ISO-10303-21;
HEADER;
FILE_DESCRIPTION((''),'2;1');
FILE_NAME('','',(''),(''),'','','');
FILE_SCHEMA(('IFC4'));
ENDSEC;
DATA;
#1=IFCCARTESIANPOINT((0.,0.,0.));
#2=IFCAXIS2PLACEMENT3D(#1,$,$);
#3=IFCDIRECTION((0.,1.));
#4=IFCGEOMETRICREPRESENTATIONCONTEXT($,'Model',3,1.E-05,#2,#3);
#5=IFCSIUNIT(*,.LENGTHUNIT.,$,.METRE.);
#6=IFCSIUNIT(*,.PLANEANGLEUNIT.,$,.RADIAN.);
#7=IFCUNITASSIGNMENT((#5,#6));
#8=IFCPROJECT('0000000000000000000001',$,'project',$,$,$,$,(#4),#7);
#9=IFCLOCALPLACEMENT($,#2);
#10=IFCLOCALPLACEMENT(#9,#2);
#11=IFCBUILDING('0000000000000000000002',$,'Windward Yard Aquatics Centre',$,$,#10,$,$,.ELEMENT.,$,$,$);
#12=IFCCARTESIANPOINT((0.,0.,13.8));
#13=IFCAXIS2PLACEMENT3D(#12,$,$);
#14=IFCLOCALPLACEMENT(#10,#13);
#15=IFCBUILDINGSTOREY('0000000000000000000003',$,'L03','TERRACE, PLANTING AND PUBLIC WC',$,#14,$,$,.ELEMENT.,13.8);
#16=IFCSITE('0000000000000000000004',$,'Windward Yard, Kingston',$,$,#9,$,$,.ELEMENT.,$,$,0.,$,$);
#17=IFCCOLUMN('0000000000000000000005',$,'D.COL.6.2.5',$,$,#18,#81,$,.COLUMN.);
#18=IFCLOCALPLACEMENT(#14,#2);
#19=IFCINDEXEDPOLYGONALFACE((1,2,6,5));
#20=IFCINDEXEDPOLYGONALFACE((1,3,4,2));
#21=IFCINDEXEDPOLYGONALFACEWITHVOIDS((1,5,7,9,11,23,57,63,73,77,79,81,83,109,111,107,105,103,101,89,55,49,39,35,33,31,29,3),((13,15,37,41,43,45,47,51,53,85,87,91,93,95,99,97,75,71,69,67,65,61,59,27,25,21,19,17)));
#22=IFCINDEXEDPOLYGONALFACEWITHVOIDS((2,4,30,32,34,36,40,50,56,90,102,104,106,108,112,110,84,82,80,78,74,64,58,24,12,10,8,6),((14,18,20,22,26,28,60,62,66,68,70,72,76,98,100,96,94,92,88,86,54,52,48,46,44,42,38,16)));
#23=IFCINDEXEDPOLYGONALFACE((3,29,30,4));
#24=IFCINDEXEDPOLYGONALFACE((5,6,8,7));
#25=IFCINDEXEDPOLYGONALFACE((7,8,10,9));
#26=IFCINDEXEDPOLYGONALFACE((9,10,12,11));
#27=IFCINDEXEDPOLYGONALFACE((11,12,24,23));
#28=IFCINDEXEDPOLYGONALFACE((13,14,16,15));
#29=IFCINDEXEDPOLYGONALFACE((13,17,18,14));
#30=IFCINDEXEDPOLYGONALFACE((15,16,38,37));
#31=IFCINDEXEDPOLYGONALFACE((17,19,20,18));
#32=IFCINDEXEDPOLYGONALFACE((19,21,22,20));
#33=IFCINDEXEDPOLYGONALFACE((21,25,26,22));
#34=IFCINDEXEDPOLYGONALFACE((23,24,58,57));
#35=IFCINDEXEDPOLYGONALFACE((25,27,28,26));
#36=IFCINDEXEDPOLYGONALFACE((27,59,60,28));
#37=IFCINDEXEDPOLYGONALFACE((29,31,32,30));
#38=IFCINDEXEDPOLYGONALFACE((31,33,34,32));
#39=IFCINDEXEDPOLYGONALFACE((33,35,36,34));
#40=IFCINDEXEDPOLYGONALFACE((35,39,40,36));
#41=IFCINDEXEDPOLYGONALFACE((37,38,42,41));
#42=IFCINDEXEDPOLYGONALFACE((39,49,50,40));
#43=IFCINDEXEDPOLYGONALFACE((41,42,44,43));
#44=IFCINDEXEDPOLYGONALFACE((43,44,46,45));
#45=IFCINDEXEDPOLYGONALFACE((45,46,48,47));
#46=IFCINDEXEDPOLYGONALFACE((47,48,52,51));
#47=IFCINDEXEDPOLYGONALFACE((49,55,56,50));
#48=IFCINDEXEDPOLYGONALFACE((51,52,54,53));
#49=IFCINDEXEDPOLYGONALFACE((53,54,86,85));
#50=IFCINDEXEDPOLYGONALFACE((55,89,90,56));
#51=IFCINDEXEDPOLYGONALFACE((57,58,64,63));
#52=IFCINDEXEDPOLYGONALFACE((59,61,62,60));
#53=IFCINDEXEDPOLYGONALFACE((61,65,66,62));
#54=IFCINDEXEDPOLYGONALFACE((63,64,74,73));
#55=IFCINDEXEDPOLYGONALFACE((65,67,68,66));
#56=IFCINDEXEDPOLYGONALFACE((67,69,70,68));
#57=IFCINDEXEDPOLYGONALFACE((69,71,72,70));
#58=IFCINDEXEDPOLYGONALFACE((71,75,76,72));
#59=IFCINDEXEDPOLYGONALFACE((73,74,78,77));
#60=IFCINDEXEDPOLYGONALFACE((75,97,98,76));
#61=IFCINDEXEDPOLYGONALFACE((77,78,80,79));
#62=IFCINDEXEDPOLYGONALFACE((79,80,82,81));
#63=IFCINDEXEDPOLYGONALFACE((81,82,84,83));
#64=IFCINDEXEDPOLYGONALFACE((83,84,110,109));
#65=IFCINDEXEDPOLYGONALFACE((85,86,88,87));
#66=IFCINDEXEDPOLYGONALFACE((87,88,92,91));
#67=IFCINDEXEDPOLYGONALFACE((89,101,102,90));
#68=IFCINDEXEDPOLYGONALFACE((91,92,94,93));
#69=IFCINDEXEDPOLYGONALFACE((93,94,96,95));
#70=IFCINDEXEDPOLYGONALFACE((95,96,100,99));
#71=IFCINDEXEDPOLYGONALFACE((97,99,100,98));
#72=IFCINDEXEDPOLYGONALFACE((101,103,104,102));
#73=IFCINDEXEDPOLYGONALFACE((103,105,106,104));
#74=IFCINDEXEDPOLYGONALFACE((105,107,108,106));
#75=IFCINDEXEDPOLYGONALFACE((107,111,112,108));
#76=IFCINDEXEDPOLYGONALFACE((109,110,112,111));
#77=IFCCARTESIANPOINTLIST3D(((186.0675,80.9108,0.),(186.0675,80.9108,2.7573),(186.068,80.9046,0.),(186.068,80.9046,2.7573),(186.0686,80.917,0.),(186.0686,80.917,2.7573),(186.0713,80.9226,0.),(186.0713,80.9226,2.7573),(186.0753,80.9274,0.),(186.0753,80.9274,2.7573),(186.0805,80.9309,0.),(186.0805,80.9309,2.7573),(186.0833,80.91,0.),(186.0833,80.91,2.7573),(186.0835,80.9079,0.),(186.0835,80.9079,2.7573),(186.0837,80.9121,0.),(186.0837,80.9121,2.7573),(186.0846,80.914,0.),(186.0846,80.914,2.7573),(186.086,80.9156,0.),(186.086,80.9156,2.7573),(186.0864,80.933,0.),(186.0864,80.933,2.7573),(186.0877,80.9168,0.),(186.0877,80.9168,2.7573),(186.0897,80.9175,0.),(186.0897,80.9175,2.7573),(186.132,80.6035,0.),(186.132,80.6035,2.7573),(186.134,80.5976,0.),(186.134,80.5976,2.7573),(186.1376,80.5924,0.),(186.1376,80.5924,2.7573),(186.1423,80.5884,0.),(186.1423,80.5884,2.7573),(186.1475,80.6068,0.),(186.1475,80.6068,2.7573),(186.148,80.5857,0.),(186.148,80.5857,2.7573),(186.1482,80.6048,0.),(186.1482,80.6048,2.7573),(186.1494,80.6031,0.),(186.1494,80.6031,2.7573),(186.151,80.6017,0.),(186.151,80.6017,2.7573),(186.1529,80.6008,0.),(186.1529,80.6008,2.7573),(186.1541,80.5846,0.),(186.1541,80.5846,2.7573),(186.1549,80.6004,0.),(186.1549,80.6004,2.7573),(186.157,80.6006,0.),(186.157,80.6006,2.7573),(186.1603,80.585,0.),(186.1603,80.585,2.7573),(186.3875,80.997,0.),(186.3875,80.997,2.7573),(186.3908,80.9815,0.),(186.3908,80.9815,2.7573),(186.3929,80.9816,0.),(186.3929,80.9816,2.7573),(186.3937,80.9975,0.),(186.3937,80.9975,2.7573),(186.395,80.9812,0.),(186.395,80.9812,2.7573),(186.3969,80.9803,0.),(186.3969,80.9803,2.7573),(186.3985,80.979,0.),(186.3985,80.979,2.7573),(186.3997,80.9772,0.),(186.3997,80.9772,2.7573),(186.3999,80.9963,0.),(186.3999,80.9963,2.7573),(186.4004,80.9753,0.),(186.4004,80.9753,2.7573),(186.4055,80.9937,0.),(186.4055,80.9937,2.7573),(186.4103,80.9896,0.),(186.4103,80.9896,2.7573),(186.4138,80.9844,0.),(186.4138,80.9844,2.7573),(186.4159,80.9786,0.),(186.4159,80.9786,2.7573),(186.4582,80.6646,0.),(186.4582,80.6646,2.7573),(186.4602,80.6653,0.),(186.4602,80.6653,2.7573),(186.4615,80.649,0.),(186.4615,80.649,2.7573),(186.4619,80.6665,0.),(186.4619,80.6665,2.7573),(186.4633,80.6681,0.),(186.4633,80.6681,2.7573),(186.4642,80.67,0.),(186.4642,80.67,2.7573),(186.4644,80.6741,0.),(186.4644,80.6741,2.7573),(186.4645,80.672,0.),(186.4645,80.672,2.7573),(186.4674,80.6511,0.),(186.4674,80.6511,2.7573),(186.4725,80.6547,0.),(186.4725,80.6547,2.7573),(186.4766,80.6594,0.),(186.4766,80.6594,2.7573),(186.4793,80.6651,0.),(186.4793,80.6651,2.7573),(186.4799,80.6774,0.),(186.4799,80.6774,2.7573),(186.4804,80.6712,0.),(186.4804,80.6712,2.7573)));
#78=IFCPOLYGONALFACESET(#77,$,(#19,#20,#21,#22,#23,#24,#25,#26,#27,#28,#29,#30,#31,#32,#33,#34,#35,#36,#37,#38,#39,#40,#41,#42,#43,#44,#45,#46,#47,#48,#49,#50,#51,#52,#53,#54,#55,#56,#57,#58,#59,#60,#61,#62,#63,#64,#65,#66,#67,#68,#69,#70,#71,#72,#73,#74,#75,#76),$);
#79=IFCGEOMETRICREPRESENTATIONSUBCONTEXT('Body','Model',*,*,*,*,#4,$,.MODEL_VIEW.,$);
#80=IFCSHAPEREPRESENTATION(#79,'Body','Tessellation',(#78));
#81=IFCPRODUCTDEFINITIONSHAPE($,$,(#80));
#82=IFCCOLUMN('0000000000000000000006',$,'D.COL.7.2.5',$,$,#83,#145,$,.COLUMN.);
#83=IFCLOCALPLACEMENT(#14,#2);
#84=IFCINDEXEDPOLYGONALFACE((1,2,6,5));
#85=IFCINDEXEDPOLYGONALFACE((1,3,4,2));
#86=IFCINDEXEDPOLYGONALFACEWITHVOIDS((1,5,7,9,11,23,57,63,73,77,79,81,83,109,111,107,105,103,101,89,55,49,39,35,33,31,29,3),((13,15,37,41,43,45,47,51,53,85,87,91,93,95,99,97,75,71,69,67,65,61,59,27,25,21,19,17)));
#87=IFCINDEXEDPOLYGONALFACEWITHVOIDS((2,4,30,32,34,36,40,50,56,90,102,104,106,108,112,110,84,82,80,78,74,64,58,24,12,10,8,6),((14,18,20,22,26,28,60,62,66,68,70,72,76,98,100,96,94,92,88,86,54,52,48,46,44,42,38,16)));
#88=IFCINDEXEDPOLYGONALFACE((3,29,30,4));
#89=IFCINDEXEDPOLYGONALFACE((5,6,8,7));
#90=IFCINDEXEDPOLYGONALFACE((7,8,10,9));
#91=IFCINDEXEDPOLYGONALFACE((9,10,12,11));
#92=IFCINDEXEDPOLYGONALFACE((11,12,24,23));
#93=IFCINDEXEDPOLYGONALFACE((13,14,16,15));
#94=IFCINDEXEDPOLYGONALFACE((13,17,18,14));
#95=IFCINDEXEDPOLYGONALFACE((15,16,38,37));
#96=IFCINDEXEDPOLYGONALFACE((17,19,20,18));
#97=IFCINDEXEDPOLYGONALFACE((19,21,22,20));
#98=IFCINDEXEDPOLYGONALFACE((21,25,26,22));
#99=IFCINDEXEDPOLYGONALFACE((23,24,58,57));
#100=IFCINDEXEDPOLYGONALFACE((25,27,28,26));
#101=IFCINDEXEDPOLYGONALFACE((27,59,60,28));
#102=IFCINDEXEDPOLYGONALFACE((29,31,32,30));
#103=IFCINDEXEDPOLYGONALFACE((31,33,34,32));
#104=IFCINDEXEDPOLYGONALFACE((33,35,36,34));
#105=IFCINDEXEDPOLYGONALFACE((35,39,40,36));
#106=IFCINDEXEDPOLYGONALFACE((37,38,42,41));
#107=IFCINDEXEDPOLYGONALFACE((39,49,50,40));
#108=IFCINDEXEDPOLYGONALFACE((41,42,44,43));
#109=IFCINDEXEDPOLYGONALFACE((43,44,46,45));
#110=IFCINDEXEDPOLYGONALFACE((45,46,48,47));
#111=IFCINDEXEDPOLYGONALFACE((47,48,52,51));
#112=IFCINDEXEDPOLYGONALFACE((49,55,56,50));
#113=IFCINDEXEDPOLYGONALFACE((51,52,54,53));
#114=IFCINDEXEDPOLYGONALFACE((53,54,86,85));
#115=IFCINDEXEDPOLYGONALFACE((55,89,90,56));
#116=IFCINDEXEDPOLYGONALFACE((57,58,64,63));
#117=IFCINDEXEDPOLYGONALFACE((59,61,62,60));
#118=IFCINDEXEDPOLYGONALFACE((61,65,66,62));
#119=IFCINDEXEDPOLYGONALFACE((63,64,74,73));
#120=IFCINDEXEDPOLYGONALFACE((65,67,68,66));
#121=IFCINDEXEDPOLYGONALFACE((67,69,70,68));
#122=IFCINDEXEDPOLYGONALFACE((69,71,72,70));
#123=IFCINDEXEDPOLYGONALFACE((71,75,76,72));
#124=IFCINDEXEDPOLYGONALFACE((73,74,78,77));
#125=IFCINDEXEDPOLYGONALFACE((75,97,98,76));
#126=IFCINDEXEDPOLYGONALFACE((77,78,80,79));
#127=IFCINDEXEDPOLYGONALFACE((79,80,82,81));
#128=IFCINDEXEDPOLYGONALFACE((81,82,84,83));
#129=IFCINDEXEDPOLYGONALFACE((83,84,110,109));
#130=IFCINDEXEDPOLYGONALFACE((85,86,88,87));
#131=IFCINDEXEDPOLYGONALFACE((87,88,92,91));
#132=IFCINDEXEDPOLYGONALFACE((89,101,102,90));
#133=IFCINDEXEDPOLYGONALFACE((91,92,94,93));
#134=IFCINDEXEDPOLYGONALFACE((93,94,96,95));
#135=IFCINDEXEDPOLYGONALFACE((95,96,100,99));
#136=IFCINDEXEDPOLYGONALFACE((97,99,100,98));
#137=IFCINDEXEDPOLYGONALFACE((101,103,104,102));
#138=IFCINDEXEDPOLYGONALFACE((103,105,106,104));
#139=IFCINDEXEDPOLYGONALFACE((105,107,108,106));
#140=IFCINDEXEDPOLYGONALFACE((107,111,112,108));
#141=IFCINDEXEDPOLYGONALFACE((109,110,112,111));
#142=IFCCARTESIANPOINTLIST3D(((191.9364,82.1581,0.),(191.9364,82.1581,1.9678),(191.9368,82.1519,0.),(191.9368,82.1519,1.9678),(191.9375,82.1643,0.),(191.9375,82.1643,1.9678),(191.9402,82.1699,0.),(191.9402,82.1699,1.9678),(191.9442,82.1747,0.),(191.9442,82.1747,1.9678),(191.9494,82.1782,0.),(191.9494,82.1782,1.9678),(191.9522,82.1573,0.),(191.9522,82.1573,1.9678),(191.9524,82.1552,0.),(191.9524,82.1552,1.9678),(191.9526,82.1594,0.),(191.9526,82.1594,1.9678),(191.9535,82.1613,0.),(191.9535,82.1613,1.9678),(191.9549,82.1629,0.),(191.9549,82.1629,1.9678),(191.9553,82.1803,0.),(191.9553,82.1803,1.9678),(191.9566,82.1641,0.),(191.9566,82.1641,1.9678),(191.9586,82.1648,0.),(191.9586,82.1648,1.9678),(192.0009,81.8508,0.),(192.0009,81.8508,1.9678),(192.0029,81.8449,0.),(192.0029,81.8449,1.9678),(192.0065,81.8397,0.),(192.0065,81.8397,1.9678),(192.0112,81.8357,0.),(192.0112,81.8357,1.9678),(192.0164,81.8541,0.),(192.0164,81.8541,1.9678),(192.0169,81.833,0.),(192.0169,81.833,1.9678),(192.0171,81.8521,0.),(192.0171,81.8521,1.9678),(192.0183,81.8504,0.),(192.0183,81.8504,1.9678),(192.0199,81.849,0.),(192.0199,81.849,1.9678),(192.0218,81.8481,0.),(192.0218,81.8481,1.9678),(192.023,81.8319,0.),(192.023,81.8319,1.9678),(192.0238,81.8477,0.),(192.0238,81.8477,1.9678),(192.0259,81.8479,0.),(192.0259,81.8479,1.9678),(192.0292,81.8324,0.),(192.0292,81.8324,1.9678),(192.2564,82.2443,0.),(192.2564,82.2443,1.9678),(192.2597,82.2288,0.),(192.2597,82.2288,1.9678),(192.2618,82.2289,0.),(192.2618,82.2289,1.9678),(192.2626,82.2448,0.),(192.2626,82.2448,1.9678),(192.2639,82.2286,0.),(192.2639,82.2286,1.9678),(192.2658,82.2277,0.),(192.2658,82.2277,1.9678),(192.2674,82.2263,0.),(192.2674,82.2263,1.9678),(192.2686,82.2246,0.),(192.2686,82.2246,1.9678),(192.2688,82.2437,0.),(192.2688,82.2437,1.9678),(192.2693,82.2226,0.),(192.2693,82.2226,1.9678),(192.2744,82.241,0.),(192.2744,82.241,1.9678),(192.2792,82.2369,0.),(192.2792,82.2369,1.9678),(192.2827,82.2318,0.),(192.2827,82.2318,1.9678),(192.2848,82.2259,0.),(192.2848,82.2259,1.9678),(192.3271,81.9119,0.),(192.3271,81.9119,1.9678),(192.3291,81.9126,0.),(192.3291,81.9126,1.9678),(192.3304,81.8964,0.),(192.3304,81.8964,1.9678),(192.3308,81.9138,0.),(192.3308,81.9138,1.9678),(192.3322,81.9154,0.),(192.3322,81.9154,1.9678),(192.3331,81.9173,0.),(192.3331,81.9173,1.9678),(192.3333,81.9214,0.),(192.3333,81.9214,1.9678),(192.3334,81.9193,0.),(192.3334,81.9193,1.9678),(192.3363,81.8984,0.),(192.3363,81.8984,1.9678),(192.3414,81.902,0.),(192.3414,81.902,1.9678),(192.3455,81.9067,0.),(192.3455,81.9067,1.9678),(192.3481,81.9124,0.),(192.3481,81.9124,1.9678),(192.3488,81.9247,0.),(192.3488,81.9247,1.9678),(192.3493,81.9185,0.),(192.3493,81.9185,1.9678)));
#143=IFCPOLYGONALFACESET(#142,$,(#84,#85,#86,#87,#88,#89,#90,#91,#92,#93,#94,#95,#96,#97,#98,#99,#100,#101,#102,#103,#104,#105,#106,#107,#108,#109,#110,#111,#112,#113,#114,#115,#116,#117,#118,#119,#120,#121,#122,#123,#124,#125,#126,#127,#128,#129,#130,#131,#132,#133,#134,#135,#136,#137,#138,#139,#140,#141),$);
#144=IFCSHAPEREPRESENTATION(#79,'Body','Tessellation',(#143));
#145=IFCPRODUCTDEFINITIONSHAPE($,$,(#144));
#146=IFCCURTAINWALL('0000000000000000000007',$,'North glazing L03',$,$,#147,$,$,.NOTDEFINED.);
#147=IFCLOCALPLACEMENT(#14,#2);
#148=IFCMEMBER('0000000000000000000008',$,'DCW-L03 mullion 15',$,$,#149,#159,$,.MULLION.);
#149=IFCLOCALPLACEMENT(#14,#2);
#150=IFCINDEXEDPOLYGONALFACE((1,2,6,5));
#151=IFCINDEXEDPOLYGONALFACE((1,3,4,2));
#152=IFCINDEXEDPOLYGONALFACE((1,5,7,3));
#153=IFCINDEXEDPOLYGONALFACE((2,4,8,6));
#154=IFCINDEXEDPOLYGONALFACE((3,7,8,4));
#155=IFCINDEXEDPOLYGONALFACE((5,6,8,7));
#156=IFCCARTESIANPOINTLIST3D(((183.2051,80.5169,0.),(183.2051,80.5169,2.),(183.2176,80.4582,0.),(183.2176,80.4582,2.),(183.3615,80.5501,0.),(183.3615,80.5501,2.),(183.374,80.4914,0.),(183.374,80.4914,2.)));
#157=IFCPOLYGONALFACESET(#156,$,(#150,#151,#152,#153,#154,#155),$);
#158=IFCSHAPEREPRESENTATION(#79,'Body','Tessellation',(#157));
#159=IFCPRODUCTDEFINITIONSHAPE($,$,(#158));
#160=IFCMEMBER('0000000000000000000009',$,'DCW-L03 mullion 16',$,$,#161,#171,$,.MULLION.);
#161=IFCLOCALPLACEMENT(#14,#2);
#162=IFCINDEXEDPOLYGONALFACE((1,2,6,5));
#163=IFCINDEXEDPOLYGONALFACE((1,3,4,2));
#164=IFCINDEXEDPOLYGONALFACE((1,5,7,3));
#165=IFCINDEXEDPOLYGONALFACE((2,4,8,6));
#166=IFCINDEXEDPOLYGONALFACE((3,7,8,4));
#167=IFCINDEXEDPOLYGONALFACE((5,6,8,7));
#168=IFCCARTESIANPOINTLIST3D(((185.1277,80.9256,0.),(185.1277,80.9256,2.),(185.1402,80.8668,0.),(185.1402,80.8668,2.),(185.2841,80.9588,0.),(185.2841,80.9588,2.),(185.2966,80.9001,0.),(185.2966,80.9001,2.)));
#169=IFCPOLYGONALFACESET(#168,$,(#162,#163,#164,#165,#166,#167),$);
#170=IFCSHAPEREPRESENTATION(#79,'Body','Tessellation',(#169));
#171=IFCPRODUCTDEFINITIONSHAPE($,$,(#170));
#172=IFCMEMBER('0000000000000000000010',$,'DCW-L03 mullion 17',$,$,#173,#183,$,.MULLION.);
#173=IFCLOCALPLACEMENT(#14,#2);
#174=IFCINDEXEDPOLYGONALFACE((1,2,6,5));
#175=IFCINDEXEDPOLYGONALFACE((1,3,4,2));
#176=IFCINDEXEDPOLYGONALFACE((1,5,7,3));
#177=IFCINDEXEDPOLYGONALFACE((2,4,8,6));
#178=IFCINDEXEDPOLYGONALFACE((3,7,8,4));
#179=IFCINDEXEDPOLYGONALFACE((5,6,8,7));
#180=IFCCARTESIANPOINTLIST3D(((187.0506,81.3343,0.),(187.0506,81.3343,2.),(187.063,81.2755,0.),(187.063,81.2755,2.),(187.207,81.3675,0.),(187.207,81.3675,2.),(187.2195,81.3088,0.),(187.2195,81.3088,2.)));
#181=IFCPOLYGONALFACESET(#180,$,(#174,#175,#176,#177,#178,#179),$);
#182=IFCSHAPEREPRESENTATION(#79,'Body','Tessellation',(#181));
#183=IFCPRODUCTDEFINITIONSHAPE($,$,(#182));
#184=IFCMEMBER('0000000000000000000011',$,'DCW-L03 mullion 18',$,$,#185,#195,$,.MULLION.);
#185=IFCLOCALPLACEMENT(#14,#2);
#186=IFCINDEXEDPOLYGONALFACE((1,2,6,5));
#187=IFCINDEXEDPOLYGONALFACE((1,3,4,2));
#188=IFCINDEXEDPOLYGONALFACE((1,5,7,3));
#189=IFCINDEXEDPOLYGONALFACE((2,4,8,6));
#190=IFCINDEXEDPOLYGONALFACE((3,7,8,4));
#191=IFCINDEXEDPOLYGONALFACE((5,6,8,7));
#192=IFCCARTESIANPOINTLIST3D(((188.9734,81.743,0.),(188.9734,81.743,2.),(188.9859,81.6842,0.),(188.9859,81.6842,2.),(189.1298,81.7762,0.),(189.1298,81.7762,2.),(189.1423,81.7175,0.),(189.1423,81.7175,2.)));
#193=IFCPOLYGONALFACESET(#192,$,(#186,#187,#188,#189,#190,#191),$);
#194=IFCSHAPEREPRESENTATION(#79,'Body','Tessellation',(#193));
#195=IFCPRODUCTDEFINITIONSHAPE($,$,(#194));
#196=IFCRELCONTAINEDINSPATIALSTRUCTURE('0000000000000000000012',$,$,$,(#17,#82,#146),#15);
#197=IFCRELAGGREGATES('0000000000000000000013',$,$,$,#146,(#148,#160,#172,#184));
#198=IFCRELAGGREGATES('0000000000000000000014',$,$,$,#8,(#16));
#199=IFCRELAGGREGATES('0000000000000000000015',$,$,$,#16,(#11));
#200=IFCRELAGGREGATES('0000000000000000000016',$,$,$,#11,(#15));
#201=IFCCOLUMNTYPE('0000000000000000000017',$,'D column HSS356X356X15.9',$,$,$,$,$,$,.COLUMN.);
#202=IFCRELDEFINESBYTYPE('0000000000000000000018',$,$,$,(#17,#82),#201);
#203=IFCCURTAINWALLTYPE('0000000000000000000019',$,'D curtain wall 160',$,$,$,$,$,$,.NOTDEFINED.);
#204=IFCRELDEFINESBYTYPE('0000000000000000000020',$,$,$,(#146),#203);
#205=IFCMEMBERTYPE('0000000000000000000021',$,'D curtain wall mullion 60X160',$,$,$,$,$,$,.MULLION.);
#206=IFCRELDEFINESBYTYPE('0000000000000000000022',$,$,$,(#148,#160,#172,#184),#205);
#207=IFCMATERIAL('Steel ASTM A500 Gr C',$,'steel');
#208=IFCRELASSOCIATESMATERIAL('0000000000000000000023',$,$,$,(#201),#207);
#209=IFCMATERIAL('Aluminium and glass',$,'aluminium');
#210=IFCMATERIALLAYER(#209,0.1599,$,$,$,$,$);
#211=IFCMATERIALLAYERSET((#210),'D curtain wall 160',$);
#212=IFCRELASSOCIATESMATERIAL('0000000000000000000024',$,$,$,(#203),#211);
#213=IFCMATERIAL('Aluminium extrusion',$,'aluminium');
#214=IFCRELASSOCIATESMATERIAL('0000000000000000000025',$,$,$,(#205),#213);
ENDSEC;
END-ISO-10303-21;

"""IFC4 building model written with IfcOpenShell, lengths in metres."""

from ifc_helpers import new_model, si_unit, direction, frame, origin, origin_2d, place, context, subcontext, project, spatial, rectangle, hollow_rectangle, extrude, material, layer, layer_set, material_profile, profile_set, type_object, element, aggregate, save


model = new_model("IFC4")

# Units and contexts
model_context = context("Model", 3, precision=1e-05, world=origin(), true_north=direction((0.0, 1.0)))
body_context = subcontext(model_context, "Body", "Model", "MODEL_VIEW")
ifc_project = project(units=[si_unit("LENGTHUNIT", "METRE"), si_unit("PLANEANGLEUNIT", "RADIAN")], contexts=[model_context])

# Site, building, storey
site_placement = place(None, origin())
site = spatial("IfcSite", under=ifc_project, at=site_placement, Name="Windward Yard, Kingston", CompositionType="ELEMENT", RefElevation=0.0)
building_placement = place(site_placement, origin())
building = spatial("IfcBuilding", under=site, at=building_placement, Name="Windward Yard Aquatics Centre", CompositionType="ELEMENT")
storey_placement = place(building_placement, frame((0.0, 0.0, 13.8)))
storey = spatial("IfcBuildingStorey", under=building, at=storey_placement, Name="L03", Description="TERRACE, PLANTING AND PUBLIC WC", CompositionType="ELEMENT", Elevation=13.8)

# Columns
ifc_material_1 = material(Name="Steel ASTM A500 Gr C", Category="steel")
ifc_material_profile_1 = material_profile(ifc_material_1, hollow_rectangle(XDim=0.3557, YDim=0.3557, WallThickness=0.0159, InnerFilletRadius=0.0081, OuterFilletRadius=0.0239, at=origin_2d()), Name="HSS356X356X15.9")
ifc_profile_set_1 = profile_set([ifc_material_profile_1], Name="Steel ASTM A500 Gr C")
column_type = type_object("IfcColumnType", Name="D column HSS356X356X15.9", PredefinedType="COLUMN", material=ifc_profile_set_1)
column_1_placement = place(storey_placement, frame((186.2739, 80.791, 0.0), z_axis=(0.0, 0.0, 1.0), x_axis=(0.978148, 0.207912, 0.0)))
element("IfcColumn", 1, at=column_1_placement, inside=storey, type_object=column_type, Name="D.COL.6.2.5", PredefinedType="COLUMN", context=body_context, shape_type="SweptSolid", body=[
    extrude(hollow_rectangle(XDim=0.3557, YDim=0.3557, WallThickness=0.0159, InnerFilletRadius=0.0081, OuterFilletRadius=0.0239, at=origin_2d()), origin(), (0.0, 0.0, 1.0), 2.7573),
])
column_2_placement = place(storey_placement, frame((192.1428, 82.0383, 0.0), z_axis=(0.0, 0.0, 1.0), x_axis=(0.978148, 0.207912, 0.0)))
element("IfcColumn", 2, at=column_2_placement, inside=storey, type_object=column_type, Name="D.COL.7.2.5", PredefinedType="COLUMN", context=body_context, shape_type="SweptSolid", body=[
    extrude(hollow_rectangle(XDim=0.3557, YDim=0.3557, WallThickness=0.0159, InnerFilletRadius=0.0081, OuterFilletRadius=0.0239, at=origin_2d()), origin(), (0.0, 0.0, 1.0), 1.9678),
])

# Curtain wall, members
ifc_material_2 = material(Name="Aluminium and glass", Category="aluminium")
ifc_layer_1 = layer(ifc_material_2, 0.1599)
ifc_layer_set_1 = layer_set([ifc_layer_1], Name="D curtain wall 160")
curtain_wall_type = type_object("IfcCurtainWallType", Name="D curtain wall 160", PredefinedType="NOTDEFINED", material=ifc_layer_set_1)
curtain_wall_placement = place(storey_placement, origin())
curtain_wall = element("IfcCurtainWall", 3, at=curtain_wall_placement, inside=storey, type_object=curtain_wall_type, Name="North glazing L03", PredefinedType="NOTDEFINED")
ifc_material_3 = material(Name="Aluminium extrusion", Category="aluminium")
ifc_material_profile_2 = material_profile(ifc_material_3, rectangle(XDim=0.0601, YDim=0.1599, at=origin_2d()), Name="MULLION 60X160")
ifc_profile_set_2 = profile_set([ifc_material_profile_2], Name="Aluminium extrusion")
member_type_1 = type_object("IfcMemberType", Name="D curtain wall mullion 60X160", PredefinedType="MULLION", material=ifc_profile_set_2)
member_1_placement = place(storey_placement, frame((183.2896, 80.5042, 0.0), z_axis=(0.0, 0.0, 1.0), x_axis=(-0.207912, 0.978148, 0.0)))
member_1 = element("IfcMember", 4, at=member_1_placement, type_object=member_type_1, Name="DCW-L03 mullion 15", PredefinedType="MULLION", context=body_context, shape_type="SweptSolid", body=[
    extrude(rectangle(XDim=0.0601, YDim=0.1599, at=origin_2d()), origin(), (0.0, 0.0, 1.0), 2.0),
])
member_2_placement = place(storey_placement, frame((185.2122, 80.9128, 0.0), z_axis=(0.0, 0.0, 1.0), x_axis=(-0.207912, 0.978148, 0.0)))
member_2 = element("IfcMember", 5, at=member_2_placement, type_object=member_type_1, Name="DCW-L03 mullion 16", PredefinedType="MULLION", context=body_context, shape_type="SweptSolid", body=[
    extrude(rectangle(XDim=0.0601, YDim=0.1599, at=origin_2d()), origin(), (0.0, 0.0, 1.0), 2.0),
])
member_3_placement = place(storey_placement, frame((187.135, 81.3215, 0.0), z_axis=(0.0, 0.0, 1.0), x_axis=(-0.207912, 0.978148, 0.0)))
member_3 = element("IfcMember", 6, at=member_3_placement, type_object=member_type_1, Name="DCW-L03 mullion 17", PredefinedType="MULLION", context=body_context, shape_type="SweptSolid", body=[
    extrude(rectangle(XDim=0.0601, YDim=0.1599, at=origin_2d()), origin(), (0.0, 0.0, 1.0), 2.0),
])
member_4_placement = place(storey_placement, frame((189.0579, 81.7302, 0.0), z_axis=(0.0, 0.0, 1.0), x_axis=(-0.207912, 0.978148, 0.0)))
member_4 = element("IfcMember", 7, at=member_4_placement, type_object=member_type_1, Name="DCW-L03 mullion 18", PredefinedType="MULLION", context=body_context, shape_type="SweptSolid", body=[
    extrude(rectangle(XDim=0.0601, YDim=0.1599, at=origin_2d()), origin(), (0.0, 0.0, 1.0), 2.0),
])

aggregate(curtain_wall, [member_1, member_2, member_3, member_4])

save(model, "model.ifc")
